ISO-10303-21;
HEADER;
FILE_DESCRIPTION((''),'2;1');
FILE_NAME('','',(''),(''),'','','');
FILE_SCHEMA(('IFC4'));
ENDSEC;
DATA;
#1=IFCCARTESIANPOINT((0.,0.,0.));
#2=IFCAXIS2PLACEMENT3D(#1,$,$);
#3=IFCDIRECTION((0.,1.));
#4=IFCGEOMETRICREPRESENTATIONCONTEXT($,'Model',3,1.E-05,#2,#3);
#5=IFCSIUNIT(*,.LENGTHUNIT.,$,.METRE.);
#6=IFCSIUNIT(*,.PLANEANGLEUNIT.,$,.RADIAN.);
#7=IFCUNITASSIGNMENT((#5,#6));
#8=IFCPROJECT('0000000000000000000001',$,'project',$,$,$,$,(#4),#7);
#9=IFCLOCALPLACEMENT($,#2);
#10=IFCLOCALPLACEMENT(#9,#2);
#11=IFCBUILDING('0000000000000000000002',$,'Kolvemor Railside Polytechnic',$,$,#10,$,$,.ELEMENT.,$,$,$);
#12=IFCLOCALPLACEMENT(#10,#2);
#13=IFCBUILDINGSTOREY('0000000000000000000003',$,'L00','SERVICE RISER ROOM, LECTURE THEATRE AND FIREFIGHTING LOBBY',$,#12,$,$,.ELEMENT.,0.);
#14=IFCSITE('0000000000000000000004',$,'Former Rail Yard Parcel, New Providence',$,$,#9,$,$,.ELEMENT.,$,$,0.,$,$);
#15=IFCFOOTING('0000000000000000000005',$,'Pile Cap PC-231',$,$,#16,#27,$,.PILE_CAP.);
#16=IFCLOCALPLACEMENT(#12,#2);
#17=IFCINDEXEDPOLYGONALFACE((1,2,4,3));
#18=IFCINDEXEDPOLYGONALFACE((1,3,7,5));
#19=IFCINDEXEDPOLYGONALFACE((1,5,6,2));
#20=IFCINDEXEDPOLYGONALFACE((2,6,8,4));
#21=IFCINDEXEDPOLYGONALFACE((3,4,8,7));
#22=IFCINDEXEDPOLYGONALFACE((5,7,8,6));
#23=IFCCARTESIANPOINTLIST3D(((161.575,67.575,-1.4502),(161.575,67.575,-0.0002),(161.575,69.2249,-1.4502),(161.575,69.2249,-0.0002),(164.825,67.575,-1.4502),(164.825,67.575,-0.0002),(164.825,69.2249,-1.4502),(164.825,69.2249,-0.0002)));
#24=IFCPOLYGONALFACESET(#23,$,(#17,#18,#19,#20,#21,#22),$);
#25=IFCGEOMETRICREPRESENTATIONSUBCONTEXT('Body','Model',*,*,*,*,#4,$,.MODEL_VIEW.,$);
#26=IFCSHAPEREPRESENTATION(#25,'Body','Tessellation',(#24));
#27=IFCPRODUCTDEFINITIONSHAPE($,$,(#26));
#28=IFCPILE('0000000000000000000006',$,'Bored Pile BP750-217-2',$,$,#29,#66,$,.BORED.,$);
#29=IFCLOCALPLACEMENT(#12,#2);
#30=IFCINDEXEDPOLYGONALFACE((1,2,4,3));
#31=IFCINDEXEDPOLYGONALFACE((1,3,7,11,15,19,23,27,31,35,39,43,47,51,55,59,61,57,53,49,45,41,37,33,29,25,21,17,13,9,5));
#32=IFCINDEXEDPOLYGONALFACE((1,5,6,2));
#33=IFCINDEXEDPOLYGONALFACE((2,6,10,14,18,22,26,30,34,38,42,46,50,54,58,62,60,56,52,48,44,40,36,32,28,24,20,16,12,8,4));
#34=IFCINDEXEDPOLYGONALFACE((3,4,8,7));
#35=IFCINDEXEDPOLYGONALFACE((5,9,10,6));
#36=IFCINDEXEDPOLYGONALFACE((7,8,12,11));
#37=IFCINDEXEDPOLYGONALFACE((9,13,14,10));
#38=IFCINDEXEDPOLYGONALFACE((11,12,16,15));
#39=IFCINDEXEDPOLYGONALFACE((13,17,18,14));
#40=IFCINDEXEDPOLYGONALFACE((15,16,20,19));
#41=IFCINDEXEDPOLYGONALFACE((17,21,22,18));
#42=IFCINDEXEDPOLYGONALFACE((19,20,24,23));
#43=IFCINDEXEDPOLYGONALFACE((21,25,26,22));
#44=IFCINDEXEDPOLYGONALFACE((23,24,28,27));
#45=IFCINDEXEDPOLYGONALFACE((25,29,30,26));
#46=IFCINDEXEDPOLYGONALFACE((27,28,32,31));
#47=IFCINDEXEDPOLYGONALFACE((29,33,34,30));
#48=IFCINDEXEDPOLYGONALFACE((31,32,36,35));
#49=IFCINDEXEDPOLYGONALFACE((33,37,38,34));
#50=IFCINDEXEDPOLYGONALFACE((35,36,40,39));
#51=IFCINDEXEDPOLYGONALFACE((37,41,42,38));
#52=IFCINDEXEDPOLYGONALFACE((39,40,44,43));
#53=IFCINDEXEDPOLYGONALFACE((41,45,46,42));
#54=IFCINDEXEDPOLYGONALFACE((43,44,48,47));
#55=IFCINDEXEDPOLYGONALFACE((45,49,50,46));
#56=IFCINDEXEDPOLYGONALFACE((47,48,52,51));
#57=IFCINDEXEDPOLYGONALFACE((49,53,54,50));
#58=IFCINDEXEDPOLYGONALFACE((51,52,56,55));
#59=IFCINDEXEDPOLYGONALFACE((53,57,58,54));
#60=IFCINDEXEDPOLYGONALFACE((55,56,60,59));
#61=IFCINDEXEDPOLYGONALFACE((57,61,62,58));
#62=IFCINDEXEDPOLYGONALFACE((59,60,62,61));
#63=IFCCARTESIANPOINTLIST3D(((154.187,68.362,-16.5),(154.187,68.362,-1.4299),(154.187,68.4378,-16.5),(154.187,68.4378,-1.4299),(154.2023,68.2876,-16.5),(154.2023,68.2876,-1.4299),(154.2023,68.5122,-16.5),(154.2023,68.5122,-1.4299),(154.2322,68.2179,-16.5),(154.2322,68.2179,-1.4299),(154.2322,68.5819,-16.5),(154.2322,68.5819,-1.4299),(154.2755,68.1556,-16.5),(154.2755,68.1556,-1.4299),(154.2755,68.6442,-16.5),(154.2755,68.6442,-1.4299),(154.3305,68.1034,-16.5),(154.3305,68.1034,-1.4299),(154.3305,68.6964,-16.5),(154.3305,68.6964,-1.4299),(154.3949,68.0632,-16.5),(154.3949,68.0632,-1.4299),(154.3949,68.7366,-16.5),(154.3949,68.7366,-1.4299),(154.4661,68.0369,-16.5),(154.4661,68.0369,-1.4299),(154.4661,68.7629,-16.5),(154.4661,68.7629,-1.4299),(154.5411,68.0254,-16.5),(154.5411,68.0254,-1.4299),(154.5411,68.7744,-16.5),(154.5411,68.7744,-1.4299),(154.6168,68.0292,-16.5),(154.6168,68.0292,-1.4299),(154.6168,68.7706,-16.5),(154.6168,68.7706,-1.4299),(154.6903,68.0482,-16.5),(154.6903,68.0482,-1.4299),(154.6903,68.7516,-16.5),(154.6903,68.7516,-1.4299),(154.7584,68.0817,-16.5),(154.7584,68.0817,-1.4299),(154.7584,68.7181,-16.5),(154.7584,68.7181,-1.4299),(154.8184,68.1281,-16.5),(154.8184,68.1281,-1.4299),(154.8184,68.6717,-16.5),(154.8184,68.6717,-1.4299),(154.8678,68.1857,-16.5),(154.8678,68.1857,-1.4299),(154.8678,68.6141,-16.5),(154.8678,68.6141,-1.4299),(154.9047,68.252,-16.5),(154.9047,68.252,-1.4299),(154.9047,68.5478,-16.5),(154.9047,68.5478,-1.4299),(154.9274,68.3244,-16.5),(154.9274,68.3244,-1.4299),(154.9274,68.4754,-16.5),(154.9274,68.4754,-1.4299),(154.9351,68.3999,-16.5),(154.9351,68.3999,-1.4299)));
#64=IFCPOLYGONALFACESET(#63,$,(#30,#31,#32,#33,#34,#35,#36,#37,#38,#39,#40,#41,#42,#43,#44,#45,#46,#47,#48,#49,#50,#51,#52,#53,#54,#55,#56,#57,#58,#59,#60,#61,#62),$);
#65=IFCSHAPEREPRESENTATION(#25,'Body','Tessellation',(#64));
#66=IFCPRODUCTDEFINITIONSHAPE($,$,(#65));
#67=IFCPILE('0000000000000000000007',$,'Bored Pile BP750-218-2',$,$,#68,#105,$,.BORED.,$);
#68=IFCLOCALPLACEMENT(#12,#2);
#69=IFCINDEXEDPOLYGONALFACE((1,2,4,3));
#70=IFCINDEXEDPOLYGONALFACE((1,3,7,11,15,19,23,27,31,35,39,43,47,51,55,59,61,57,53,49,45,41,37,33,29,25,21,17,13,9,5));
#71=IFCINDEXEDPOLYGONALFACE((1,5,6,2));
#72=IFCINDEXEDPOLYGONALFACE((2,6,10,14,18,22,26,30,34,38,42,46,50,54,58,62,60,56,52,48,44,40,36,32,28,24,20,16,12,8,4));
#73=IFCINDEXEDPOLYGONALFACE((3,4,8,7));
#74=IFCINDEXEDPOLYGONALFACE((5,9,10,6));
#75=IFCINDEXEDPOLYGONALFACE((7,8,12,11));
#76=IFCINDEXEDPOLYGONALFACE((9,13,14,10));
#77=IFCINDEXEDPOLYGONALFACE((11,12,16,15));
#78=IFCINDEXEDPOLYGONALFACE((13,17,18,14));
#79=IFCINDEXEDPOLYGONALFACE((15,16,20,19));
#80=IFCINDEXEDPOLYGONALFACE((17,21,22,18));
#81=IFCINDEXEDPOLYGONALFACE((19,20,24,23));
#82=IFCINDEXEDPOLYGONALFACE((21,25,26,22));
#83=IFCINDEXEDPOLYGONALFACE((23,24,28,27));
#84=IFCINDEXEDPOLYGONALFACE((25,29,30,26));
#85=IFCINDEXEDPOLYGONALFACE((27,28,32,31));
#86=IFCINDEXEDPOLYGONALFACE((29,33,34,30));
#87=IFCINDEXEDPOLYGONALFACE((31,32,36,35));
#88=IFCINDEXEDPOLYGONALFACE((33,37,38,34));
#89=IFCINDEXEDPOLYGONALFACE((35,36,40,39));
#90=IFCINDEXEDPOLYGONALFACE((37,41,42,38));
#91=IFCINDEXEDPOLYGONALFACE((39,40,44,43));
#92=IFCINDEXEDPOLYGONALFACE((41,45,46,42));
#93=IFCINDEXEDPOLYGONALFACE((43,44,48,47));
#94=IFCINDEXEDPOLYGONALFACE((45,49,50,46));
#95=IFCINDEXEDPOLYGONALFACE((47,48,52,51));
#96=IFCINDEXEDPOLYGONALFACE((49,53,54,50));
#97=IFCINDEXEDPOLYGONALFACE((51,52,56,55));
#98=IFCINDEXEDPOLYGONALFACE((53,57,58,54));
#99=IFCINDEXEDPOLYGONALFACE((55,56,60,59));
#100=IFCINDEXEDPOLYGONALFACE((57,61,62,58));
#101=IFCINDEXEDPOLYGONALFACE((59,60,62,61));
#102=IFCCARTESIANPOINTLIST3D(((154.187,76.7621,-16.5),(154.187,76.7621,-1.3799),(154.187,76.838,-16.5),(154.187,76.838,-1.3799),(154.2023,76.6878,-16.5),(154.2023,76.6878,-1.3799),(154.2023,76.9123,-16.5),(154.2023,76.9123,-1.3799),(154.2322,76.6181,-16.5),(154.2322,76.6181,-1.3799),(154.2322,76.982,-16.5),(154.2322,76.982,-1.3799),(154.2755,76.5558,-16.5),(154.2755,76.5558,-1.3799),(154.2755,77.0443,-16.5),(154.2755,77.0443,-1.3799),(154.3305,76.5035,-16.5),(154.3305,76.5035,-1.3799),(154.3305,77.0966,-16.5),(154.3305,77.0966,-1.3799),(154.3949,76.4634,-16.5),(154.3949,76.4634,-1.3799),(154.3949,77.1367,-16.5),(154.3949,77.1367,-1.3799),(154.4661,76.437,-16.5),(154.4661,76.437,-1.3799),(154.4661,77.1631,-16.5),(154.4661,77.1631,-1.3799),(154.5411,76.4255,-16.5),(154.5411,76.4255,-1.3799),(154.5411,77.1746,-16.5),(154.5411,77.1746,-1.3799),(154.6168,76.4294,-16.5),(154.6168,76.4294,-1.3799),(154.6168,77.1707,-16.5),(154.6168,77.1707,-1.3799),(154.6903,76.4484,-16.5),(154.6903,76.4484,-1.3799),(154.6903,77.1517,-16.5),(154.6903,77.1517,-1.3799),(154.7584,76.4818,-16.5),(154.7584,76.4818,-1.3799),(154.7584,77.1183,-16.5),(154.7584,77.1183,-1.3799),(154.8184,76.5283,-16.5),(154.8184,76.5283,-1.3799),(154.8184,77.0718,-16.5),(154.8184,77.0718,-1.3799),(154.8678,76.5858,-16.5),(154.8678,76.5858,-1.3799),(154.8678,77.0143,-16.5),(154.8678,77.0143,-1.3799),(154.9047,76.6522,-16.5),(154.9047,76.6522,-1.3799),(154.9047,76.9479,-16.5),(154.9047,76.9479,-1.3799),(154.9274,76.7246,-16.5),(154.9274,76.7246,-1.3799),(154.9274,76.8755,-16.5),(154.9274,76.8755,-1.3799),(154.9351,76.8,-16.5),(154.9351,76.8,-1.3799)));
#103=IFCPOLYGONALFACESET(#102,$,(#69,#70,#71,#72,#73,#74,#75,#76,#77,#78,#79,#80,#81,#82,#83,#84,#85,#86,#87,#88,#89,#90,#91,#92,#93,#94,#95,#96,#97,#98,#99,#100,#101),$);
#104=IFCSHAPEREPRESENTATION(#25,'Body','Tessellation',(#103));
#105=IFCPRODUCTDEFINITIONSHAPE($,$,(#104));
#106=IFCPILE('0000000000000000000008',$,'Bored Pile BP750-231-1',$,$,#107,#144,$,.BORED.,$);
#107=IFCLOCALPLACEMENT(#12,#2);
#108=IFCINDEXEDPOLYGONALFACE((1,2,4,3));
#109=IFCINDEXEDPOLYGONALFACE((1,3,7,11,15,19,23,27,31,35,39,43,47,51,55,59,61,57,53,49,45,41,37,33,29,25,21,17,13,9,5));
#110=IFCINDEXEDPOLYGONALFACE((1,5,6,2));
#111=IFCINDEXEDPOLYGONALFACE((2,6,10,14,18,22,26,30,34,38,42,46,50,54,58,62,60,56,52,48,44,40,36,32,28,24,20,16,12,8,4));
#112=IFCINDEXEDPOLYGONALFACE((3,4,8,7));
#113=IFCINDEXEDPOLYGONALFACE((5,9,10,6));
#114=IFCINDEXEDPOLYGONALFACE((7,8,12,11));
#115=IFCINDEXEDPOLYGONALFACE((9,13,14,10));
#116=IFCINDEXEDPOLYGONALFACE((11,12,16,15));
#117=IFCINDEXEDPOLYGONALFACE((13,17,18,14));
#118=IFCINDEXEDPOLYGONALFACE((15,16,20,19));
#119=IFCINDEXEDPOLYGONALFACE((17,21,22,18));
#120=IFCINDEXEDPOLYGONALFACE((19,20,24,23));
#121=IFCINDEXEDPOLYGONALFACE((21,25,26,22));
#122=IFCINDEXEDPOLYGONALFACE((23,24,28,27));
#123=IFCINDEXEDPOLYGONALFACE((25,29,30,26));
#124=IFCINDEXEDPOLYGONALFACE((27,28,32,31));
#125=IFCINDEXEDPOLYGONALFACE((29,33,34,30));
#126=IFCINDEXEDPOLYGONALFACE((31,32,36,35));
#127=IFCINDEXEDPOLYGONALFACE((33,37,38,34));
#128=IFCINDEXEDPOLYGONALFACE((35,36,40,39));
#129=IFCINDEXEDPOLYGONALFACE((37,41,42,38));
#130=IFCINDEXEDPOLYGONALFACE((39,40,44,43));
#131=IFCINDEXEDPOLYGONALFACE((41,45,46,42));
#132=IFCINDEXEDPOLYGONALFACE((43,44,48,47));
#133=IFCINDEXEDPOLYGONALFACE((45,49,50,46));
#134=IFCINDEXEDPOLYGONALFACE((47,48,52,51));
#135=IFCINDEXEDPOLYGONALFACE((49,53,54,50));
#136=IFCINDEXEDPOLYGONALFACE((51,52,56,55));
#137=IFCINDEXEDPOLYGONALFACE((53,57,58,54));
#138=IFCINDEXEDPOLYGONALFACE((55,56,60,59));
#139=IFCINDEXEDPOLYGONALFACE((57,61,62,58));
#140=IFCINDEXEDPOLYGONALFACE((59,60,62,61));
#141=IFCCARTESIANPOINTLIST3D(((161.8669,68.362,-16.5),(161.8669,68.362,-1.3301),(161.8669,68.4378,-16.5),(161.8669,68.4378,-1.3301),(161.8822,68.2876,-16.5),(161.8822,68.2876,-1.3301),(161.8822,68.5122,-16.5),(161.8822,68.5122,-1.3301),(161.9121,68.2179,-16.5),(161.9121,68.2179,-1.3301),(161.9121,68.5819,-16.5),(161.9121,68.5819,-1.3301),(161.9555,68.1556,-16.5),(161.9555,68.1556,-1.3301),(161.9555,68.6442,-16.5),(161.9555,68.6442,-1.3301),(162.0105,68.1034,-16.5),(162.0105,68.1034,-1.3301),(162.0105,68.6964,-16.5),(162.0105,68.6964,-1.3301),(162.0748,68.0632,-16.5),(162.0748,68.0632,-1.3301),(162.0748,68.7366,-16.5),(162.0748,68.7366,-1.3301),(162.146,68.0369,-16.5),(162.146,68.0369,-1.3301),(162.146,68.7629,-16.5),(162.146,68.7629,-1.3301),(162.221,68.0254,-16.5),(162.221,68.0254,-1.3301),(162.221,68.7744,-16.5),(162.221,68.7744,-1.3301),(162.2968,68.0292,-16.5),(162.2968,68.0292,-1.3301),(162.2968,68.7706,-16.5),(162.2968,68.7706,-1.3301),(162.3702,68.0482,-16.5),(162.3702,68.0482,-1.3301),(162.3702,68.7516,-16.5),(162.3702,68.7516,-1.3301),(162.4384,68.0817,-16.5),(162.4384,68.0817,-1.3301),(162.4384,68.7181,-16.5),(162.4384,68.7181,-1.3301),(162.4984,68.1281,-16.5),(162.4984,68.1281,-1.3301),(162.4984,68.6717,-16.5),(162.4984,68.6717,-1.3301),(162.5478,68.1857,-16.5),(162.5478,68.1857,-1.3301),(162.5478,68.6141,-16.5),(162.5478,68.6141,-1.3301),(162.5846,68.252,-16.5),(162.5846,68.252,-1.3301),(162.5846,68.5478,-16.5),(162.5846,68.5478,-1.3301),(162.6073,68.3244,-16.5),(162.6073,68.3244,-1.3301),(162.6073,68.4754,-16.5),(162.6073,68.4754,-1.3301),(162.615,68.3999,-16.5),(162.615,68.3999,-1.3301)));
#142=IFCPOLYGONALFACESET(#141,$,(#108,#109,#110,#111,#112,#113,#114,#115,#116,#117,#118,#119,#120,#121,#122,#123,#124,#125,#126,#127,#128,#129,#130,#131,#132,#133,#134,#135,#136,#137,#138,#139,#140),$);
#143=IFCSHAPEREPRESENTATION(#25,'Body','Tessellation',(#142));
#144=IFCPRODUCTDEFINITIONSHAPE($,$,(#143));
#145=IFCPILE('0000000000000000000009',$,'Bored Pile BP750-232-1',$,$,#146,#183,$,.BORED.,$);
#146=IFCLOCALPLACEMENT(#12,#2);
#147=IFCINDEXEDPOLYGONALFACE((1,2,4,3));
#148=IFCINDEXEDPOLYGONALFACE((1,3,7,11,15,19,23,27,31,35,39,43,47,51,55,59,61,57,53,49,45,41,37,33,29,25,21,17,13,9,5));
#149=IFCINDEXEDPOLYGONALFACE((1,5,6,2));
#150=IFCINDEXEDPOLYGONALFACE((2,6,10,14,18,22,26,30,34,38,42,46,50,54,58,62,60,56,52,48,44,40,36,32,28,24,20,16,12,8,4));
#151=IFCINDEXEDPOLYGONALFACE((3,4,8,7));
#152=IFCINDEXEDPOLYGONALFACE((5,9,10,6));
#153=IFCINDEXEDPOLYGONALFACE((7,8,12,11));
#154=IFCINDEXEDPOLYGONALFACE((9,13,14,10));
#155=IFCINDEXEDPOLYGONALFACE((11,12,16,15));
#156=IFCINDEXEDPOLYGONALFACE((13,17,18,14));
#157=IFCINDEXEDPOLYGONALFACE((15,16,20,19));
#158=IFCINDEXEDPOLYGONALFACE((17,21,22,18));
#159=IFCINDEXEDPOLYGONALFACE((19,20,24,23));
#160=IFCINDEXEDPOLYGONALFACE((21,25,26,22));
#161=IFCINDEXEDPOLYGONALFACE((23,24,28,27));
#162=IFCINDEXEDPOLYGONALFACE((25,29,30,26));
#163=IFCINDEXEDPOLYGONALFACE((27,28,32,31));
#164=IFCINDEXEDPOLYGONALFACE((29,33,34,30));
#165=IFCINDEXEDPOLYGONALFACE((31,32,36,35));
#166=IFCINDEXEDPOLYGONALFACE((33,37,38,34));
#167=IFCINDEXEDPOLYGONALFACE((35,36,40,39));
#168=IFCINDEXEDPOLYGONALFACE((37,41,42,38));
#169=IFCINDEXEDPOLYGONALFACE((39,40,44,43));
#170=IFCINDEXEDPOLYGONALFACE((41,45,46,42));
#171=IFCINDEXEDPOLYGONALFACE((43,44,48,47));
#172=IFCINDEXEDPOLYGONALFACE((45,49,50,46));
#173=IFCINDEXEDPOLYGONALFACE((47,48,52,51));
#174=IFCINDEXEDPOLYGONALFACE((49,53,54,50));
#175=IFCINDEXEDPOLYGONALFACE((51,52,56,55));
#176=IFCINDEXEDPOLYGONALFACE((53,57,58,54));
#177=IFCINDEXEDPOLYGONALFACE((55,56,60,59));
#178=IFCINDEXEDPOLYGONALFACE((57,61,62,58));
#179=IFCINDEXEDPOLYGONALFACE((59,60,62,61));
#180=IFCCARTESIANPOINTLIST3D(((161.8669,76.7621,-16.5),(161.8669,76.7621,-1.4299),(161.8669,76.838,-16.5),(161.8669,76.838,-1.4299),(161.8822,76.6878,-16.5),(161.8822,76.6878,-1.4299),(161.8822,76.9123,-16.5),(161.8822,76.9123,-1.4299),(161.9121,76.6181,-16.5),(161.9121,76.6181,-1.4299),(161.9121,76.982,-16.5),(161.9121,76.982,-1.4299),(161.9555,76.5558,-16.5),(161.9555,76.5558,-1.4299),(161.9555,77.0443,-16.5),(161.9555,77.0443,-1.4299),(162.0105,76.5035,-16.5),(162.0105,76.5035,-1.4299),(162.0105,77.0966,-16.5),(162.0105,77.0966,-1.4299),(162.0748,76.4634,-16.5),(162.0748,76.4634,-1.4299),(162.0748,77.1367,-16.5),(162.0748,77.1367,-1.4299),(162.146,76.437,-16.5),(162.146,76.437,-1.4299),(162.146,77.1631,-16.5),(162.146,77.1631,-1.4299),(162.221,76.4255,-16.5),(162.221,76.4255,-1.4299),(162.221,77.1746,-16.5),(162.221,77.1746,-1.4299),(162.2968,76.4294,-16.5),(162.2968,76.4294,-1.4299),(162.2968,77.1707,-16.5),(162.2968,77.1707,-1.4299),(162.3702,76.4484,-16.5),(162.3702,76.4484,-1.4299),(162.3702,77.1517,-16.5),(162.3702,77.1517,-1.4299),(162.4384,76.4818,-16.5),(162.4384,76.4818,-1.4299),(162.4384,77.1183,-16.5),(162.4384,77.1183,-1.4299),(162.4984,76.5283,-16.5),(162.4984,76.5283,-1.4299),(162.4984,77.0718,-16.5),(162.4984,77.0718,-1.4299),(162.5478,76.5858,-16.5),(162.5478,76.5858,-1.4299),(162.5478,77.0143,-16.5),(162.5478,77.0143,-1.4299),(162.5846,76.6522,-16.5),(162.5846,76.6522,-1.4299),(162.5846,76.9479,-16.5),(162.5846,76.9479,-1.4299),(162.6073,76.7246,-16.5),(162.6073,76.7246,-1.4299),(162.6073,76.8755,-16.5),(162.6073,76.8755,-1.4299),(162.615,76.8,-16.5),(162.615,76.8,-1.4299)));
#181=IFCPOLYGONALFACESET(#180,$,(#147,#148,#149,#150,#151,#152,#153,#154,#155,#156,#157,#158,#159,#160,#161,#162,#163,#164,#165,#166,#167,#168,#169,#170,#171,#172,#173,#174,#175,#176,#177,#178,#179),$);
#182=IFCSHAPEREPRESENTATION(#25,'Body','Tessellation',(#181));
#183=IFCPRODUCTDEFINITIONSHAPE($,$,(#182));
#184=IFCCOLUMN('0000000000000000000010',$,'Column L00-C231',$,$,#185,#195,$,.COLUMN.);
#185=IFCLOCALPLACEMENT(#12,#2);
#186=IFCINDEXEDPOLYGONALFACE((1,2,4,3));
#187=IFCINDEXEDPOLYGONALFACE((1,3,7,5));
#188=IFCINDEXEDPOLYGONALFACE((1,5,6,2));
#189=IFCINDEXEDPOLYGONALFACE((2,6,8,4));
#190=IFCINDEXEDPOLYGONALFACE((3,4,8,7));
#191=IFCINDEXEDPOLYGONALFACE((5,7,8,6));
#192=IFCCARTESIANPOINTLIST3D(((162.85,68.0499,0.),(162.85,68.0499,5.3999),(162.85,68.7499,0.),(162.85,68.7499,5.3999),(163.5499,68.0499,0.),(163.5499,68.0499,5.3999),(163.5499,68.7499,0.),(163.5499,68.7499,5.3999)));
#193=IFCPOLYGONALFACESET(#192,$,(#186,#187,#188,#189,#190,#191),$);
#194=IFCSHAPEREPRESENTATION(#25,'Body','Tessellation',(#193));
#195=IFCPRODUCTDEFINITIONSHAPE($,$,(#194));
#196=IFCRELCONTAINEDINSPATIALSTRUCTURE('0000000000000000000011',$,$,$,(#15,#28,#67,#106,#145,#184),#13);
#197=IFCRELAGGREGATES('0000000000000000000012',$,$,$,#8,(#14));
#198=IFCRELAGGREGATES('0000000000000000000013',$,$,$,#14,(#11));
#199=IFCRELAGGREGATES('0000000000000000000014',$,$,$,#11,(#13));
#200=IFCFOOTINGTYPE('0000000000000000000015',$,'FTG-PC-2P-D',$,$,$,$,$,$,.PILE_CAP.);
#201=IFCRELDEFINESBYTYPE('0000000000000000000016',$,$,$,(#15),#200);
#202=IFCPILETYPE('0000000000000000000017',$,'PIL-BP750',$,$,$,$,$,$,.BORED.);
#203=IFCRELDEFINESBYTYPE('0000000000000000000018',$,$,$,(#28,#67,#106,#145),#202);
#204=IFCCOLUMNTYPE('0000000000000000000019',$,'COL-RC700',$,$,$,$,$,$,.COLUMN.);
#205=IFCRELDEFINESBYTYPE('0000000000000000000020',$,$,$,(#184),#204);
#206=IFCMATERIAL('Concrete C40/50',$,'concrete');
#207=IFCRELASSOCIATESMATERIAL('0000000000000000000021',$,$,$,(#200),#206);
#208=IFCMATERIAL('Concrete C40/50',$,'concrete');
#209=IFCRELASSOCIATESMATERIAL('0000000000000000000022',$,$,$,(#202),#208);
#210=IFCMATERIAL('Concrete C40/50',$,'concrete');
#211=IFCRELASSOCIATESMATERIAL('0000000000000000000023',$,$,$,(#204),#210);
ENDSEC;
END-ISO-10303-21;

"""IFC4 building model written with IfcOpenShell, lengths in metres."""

from ifc_helpers import new_model, si_unit, direction, frame, origin, origin_2d, place, context, subcontext, project, spatial, rectangle, circle, extrude, material, material_profile, profile_set, type_object, element, save


model = new_model("IFC4")

# Units and contexts
model_context = context("Model", 3, precision=1e-05, world=origin(), true_north=direction((0.0, 1.0)))
body_context = subcontext(model_context, "Body", "Model", "MODEL_VIEW")
ifc_project = project(units=[si_unit("LENGTHUNIT", "METRE"), si_unit("PLANEANGLEUNIT", "RADIAN")], contexts=[model_context])

# Site, building, storey
site_placement = place(None, origin())
site = spatial("IfcSite", under=ifc_project, at=site_placement, Name="Former Rail Yard Parcel, New Providence", CompositionType="ELEMENT", RefElevation=0.0)
building_placement = place(site_placement, origin())
building = spatial("IfcBuilding", under=site, at=building_placement, Name="Kolvemor Railside Polytechnic", CompositionType="ELEMENT")
storey_placement = place(building_placement, origin())
storey = spatial("IfcBuildingStorey", under=building, at=storey_placement, Name="L00", Description="SERVICE RISER ROOM, LECTURE THEATRE AND FIREFIGHTING LOBBY", CompositionType="ELEMENT", Elevation=0.0)

# Footing
ifc_material_1 = material(Name="Concrete C40/50", Category="concrete")
footing_type = type_object("IfcFootingType", Name="FTG-PC-2P-D", PredefinedType="PILE_CAP", material=ifc_material_1)
footing_placement = place(storey_placement, frame((163.2, 68.3999, -1.4502), z_axis=(0.0, 0.0, 1.0), x_axis=(1.0, 0.0, 0.0)))
element("IfcFooting", 1, at=footing_placement, inside=storey, type_object=footing_type, Name="Pile Cap PC-231", PredefinedType="PILE_CAP", context=body_context, shape_type="SweptSolid", body=[
    extrude(rectangle(XDim=3.25, YDim=1.6499, at=origin_2d()), origin(), (0.0, 0.0, 1.0), 1.45),
])

# Piles
ifc_material_2 = material(Name="Concrete C40/50", Category="concrete")
ifc_material_profile_1 = material_profile(ifc_material_2, circle(Radius=0.375, at=origin_2d()), Name="BP750")
ifc_profile_set_1 = profile_set([ifc_material_profile_1], Name="Concrete C40/50")
pile_type = type_object("IfcPileType", Name="PIL-BP750", PredefinedType="BORED", material=ifc_profile_set_1)
pile_1_placement = place(storey_placement, frame((154.5601, 68.3999, -1.4299), z_axis=(0.0, 0.0, -1.0), x_axis=(1.0, 0.0, 0.0)))
element("IfcPile", 2, at=pile_1_placement, inside=storey, type_object=pile_type, Name="Bored Pile BP750-217-2", PredefinedType="BORED", context=body_context, shape_type="SweptSolid", body=[
    extrude(circle(Radius=0.375, at=origin_2d()), origin(), (0.0, 0.0, 1.0), 15.0701),
])
pile_2_placement = place(storey_placement, frame((154.5601, 76.8, -1.3799), z_axis=(0.0, 0.0, -1.0), x_axis=(1.0, 0.0, 0.0)))
element("IfcPile", 3, at=pile_2_placement, inside=storey, type_object=pile_type, Name="Bored Pile BP750-218-2", PredefinedType="BORED", context=body_context, shape_type="SweptSolid", body=[
    extrude(circle(Radius=0.375, at=origin_2d()), origin(), (0.0, 0.0, 1.0), 15.1201),
])
pile_3_placement = place(storey_placement, frame((162.24, 68.3999, -1.3301), z_axis=(0.0, 0.0, -1.0), x_axis=(1.0, 0.0, 0.0)))
element("IfcPile", 4, at=pile_3_placement, inside=storey, type_object=pile_type, Name="Bored Pile BP750-231-1", PredefinedType="BORED", context=body_context, shape_type="SweptSolid", body=[
    extrude(circle(Radius=0.375, at=origin_2d()), origin(), (0.0, 0.0, 1.0), 15.1699),
])
pile_4_placement = place(storey_placement, frame((162.24, 76.8, -1.4299), z_axis=(0.0, 0.0, -1.0), x_axis=(1.0, 0.0, 0.0)))
element("IfcPile", 5, at=pile_4_placement, inside=storey, type_object=pile_type, Name="Bored Pile BP750-232-1", PredefinedType="BORED", context=body_context, shape_type="SweptSolid", body=[
    extrude(circle(Radius=0.375, at=origin_2d()), origin(), (0.0, 0.0, 1.0), 15.0701),
])

# Column
ifc_material_3 = material(Name="Concrete C40/50", Category="concrete")
ifc_material_profile_2 = material_profile(ifc_material_3, rectangle(XDim=0.7, YDim=0.7, at=origin_2d()), Name="RC700x700")
ifc_profile_set_2 = profile_set([ifc_material_profile_2], Name="Concrete C40/50")
column_type = type_object("IfcColumnType", Name="COL-RC700", PredefinedType="COLUMN", material=ifc_profile_set_2)
column_placement = place(storey_placement, frame((163.2, 68.3999, 0.0), z_axis=(0.0, 0.0, 1.0), x_axis=(1.0, 0.0, 0.0)))
element("IfcColumn", 6, at=column_placement, inside=storey, type_object=column_type, Name="Column L00-C231", PredefinedType="COLUMN", context=body_context, shape_type="SweptSolid", body=[
    extrude(rectangle(XDim=0.7, YDim=0.7, at=origin_2d()), origin(), (0.0, 0.0, 1.0), 5.3999),
])

save(model, "model.ifc")
